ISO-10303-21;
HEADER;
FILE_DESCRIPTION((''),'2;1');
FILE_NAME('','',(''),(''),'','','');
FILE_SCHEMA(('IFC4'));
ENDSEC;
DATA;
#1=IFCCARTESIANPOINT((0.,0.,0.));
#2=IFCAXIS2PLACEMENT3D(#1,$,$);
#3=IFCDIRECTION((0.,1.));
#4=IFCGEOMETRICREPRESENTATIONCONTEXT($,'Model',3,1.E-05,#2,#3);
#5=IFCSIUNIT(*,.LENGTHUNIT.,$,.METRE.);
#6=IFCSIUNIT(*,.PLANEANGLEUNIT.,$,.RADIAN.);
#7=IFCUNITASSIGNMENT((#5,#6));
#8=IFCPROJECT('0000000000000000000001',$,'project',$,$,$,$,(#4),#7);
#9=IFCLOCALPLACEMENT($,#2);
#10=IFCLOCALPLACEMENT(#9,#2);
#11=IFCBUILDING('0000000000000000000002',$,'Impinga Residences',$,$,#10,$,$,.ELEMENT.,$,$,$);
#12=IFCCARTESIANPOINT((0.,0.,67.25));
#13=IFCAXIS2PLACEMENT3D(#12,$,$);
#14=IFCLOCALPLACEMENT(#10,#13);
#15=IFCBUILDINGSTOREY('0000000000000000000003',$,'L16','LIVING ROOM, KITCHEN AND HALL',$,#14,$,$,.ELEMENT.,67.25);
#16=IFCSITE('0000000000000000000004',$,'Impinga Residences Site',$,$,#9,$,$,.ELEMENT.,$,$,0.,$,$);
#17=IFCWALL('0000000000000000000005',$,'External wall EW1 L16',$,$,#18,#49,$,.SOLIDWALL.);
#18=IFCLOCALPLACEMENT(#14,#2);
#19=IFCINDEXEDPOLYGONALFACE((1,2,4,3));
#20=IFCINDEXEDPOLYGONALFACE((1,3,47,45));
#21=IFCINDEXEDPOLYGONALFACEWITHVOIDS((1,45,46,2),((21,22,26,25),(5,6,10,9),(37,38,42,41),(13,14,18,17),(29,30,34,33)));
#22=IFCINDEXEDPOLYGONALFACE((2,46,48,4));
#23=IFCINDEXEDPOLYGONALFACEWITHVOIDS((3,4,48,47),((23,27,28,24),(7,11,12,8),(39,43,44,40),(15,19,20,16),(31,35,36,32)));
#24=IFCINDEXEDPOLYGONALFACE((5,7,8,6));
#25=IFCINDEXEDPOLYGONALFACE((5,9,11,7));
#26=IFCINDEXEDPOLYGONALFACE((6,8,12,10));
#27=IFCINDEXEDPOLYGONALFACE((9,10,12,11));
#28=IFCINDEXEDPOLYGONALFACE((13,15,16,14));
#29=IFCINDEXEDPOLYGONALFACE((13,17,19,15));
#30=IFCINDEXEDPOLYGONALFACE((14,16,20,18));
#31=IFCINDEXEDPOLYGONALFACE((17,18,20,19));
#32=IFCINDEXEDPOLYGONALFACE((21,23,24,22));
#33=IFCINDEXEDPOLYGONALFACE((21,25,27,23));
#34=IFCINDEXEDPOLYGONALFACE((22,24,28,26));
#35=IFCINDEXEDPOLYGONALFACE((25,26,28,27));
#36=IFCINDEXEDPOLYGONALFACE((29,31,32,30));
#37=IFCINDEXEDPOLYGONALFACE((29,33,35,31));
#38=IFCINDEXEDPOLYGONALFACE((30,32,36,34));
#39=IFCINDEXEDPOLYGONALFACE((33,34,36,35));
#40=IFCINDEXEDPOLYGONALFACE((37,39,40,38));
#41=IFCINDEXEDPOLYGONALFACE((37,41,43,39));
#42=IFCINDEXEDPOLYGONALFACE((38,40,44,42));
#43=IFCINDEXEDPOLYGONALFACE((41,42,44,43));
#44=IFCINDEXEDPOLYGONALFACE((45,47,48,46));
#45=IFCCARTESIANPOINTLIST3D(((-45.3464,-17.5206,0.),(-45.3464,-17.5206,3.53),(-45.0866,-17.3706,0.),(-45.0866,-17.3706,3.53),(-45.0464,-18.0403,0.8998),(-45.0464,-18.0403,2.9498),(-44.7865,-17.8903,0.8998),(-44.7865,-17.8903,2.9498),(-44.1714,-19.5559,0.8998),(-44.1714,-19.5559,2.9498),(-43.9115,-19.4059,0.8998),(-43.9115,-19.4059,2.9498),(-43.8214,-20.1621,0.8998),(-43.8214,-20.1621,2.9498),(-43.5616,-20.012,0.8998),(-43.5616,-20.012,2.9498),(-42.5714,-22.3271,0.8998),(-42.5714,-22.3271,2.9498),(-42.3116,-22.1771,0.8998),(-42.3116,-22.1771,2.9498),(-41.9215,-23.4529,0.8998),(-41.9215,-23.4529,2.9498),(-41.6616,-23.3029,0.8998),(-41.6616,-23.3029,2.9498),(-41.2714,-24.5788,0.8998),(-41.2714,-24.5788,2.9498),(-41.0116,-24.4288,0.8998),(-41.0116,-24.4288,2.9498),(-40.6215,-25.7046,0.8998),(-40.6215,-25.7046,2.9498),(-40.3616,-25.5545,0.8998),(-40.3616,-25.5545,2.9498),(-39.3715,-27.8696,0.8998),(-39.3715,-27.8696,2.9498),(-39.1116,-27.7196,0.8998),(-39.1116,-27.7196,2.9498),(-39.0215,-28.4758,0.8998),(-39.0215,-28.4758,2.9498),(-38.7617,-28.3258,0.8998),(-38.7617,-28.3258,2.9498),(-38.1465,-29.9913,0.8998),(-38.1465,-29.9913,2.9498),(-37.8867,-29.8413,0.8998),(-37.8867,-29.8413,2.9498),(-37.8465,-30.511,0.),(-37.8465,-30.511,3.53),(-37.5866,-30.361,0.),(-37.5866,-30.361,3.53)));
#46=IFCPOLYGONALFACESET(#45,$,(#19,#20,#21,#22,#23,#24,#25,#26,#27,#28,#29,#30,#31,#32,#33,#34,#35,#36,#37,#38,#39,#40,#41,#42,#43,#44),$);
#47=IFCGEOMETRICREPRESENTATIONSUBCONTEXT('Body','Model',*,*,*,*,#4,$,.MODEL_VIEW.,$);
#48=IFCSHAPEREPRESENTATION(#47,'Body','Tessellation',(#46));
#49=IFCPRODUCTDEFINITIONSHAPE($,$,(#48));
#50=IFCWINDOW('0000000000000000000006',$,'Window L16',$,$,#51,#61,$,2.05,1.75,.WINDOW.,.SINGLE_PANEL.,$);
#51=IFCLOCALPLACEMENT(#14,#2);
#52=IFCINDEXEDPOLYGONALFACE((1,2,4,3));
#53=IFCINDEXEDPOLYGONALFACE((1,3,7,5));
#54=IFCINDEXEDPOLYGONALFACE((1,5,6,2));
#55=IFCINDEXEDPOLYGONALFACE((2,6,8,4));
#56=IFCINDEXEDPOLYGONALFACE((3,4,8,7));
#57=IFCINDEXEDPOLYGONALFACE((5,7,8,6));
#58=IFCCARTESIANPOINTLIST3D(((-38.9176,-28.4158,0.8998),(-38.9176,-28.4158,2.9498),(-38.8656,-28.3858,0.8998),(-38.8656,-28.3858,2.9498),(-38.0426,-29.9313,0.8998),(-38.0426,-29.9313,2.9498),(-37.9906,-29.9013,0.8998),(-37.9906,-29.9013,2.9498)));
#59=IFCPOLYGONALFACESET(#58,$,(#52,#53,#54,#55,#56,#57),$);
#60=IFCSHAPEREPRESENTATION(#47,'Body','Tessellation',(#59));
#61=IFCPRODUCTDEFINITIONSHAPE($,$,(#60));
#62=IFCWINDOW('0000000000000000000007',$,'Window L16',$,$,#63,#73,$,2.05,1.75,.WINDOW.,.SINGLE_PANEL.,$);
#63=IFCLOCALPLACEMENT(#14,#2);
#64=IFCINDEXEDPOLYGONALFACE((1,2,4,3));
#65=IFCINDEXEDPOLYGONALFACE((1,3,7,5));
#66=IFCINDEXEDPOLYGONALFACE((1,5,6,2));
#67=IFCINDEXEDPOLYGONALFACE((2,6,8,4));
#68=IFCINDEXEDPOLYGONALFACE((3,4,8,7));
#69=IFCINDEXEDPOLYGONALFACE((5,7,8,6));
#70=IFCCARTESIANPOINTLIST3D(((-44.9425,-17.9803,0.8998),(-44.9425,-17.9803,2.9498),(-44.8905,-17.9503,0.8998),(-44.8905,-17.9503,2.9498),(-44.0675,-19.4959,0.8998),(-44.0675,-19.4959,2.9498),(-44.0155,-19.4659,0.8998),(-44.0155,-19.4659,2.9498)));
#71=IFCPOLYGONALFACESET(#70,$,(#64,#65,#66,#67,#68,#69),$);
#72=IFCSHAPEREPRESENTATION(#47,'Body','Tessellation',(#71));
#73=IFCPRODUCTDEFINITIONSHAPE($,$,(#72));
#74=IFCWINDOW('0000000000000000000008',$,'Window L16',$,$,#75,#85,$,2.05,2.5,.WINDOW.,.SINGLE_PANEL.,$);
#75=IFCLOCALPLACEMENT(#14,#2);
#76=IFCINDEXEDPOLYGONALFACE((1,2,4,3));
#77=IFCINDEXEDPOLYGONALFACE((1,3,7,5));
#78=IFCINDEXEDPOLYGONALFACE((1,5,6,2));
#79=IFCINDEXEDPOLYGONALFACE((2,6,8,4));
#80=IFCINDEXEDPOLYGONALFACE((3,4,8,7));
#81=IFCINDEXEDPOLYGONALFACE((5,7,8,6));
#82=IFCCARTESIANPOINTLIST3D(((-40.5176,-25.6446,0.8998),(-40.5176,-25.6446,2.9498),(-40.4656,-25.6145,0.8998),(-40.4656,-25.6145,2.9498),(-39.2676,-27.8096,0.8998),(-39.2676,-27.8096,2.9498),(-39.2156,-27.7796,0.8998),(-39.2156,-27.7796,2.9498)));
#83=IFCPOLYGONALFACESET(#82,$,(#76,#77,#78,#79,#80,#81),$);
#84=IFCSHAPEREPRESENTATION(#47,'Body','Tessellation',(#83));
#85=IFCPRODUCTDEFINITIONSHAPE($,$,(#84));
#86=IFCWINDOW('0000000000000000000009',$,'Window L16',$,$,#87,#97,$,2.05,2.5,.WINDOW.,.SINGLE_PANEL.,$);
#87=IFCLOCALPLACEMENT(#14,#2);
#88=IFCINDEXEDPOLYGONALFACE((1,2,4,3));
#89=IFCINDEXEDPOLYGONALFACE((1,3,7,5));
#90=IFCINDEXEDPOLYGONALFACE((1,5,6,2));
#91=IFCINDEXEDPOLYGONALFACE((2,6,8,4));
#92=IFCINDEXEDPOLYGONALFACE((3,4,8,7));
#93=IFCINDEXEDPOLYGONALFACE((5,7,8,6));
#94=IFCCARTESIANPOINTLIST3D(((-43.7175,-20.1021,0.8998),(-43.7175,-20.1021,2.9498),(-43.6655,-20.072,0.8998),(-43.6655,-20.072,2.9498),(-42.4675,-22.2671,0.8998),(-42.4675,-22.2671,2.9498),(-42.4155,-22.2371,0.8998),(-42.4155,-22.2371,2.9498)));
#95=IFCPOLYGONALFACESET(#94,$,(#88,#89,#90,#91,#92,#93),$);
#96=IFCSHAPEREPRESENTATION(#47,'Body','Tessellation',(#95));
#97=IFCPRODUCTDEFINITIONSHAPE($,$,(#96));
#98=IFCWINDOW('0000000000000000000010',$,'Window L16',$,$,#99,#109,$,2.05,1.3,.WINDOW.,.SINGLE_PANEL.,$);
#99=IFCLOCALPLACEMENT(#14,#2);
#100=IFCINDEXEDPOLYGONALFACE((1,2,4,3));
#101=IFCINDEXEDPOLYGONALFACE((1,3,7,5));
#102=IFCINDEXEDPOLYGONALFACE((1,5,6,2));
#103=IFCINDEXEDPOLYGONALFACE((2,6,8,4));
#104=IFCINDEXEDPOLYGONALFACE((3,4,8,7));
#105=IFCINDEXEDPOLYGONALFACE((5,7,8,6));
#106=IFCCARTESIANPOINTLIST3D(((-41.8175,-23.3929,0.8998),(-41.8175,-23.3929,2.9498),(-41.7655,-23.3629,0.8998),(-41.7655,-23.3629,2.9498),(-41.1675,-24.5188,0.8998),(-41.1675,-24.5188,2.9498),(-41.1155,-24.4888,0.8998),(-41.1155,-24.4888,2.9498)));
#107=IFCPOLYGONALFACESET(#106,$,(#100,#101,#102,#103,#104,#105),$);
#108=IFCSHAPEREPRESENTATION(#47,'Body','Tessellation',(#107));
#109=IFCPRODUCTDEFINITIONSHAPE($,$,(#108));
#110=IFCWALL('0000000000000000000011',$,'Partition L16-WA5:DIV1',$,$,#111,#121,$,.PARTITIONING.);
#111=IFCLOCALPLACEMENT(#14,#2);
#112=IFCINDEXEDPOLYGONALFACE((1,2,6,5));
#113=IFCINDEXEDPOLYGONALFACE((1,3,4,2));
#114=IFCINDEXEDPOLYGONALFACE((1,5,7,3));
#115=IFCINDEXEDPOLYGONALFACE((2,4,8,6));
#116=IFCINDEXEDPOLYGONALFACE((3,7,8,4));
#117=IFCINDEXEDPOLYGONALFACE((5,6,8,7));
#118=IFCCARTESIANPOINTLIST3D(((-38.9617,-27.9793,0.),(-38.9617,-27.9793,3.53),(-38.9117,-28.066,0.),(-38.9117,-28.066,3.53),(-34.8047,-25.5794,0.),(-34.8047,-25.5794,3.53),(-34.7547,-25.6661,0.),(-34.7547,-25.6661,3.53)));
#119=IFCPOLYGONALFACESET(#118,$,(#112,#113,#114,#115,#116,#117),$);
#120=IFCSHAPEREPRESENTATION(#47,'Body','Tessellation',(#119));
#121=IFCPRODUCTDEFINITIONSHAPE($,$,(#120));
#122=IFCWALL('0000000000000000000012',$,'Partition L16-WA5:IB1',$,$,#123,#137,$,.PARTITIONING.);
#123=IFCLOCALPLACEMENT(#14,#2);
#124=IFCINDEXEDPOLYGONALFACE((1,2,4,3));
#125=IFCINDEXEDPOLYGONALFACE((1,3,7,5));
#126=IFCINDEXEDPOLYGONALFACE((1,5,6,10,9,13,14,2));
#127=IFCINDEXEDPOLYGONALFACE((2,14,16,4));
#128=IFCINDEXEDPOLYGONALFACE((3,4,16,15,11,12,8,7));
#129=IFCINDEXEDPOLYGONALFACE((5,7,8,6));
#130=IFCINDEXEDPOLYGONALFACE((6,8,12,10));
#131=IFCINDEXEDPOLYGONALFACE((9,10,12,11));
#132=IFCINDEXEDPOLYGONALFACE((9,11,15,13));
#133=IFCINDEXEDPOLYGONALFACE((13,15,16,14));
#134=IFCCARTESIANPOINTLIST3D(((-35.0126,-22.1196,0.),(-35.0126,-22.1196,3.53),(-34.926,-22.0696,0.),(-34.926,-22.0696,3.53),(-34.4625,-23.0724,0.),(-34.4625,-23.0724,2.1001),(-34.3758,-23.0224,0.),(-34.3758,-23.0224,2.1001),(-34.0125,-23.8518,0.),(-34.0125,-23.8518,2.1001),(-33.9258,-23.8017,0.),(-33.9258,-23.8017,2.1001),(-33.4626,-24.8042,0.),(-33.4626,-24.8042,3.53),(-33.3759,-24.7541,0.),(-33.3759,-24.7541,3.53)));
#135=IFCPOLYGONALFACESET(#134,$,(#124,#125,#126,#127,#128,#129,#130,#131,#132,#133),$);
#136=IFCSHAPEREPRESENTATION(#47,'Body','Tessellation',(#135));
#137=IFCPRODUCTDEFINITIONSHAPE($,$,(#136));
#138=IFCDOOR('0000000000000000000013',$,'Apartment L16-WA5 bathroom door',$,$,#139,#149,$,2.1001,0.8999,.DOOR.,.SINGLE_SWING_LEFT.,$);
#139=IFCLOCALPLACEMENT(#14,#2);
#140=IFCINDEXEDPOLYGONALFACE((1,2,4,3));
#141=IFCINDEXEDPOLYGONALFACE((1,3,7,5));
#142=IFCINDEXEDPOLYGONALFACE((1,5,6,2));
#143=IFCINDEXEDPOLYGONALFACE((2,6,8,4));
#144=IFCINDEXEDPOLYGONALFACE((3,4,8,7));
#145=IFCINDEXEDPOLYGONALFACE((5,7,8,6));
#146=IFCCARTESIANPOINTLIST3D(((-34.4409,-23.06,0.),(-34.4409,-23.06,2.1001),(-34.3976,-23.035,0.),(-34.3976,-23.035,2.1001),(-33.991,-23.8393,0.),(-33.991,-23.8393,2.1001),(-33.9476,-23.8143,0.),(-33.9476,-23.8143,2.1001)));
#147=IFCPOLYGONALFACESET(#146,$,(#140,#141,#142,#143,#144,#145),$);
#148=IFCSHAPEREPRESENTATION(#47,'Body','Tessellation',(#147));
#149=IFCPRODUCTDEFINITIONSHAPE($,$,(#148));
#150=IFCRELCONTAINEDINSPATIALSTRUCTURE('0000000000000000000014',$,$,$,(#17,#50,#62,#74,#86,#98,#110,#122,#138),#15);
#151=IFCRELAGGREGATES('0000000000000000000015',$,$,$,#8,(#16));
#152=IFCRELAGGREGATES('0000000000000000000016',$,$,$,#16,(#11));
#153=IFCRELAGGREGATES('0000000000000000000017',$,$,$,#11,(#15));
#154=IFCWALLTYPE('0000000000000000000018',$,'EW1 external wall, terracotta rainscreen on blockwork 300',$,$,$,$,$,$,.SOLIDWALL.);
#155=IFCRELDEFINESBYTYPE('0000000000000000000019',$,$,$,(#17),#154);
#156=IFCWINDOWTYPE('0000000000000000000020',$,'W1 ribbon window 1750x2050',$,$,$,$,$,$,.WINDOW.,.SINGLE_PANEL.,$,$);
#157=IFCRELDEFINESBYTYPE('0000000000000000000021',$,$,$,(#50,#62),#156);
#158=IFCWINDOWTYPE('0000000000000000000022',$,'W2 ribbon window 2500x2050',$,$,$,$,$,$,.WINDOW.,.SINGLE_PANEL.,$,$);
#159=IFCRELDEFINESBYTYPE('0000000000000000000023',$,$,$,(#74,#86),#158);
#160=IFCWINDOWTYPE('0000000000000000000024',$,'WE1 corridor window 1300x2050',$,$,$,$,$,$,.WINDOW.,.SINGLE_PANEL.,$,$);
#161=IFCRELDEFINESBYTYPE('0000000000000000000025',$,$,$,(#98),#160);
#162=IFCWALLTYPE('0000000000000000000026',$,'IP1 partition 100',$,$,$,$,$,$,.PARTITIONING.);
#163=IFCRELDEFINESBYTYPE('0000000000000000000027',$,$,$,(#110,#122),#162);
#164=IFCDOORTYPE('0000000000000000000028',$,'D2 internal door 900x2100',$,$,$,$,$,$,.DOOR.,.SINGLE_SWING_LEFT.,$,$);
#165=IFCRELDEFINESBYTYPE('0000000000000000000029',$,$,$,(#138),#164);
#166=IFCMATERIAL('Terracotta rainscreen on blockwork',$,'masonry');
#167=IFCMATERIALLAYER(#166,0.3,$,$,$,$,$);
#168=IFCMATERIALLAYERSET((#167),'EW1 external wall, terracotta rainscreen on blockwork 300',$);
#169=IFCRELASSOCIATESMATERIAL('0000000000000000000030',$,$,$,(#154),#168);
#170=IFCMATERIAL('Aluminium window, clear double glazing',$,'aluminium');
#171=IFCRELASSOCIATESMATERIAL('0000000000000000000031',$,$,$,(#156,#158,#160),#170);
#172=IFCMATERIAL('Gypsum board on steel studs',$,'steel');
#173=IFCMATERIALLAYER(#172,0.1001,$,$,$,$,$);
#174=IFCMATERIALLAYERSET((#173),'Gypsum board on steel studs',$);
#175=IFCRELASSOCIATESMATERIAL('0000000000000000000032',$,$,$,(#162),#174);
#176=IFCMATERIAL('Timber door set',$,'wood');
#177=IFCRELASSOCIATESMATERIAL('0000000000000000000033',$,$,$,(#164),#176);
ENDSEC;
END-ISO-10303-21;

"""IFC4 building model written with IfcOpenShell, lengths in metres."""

from ifc_helpers import new_model, si_unit, direction, frame, frame_2d, origin, place, context, subcontext, project, spatial, rectangle, extrude, material, layer, layer_set, type_object, element, fill, save


model = new_model("IFC4")

# Units and contexts
model_context = context("Model", 3, precision=1e-05, world=origin(), true_north=direction((0.0, 1.0)))
body_context = subcontext(model_context, "Body", "Model", "MODEL_VIEW")
ifc_project = project(units=[si_unit("LENGTHUNIT", "METRE"), si_unit("PLANEANGLEUNIT", "RADIAN")], contexts=[model_context])

# Site, building, storey
site_placement = place(None, origin())
site = spatial("IfcSite", under=ifc_project, at=site_placement, Name="Impinga Residences Site", CompositionType="ELEMENT", RefElevation=0.0)
building_placement = place(site_placement, origin())
building = spatial("IfcBuilding", under=site, at=building_placement, Name="Impinga Residences", CompositionType="ELEMENT")
storey_placement = place(building_placement, frame((0.0, 0.0, 67.25)))
storey = spatial("IfcBuildingStorey", under=building, at=storey_placement, Name="L16", Description="LIVING ROOM, KITCHEN AND HALL", CompositionType="ELEMENT", Elevation=67.25)

# Shared definitions
ifc_material_1 = material(Name="Terracotta rainscreen on blockwork", Category="masonry")
ifc_layer_1 = layer(ifc_material_1, 0.3)
ifc_layer_set_1 = layer_set([ifc_layer_1], Name="EW1 external wall, terracotta rainscreen on blockwork 300")
wall_type_1 = type_object("IfcWallType", Name="EW1 external wall, terracotta rainscreen on blockwork 300", PredefinedType="SOLIDWALL", material=ifc_layer_set_1)

# Wall, openings, windows
wall_1_placement = place(storey_placement, frame((-37.7166, -30.436, 0.0), z_axis=(0.0, 0.0, 1.0), x_axis=(-0.499997, 0.866027, 0.0)))
wall_1 = element("IfcWall", 1, at=wall_1_placement, inside=storey, type_object=wall_type_1, Name="External wall EW1 L16", PredefinedType="SOLIDWALL", context=body_context, shape_type="SweptSolid", body=[
    extrude(rectangle(XDim=15.0, YDim=0.3, at=frame_2d((7.5, 0.0))), origin(), (0.0, 0.0, 1.0), 3.53),
])
opening_1_placement = place(wall_1_placement, frame((0.6001, 0.0, 0.8999)))
opening_1 = element("IfcOpeningElement", 2, at=opening_1_placement, cuts=wall_1, PredefinedType="OPENING", context=body_context, shape_type="SweptSolid", body=[
    extrude(rectangle(XDim=1.75, YDim=2.05, at=frame_2d((0.875, 1.0249))), frame((0.0, 0.1599, 0.0), z_axis=(0.0, -1.0, 0.0), x_axis=(1.0, 0.0, 0.0)), (0.0, 0.0, 1.0), 0.3201),
])
opening_2_placement = place(wall_1_placement, frame((3.05, 0.0, 0.8999)))
opening_2 = element("IfcOpeningElement", 3, at=opening_2_placement, cuts=wall_1, PredefinedType="OPENING", context=body_context, shape_type="SweptSolid", body=[
    extrude(rectangle(XDim=2.5, YDim=2.05, at=frame_2d((1.25, 1.0249))), frame((0.0, 0.1599, 0.0), z_axis=(0.0, -1.0, 0.0), x_axis=(1.0, 0.0, 0.0)), (0.0, 0.0, 1.0), 0.3201),
])
opening_3_placement = place(wall_1_placement, frame((6.8501, 0.0, 0.8999)))
opening_3 = element("IfcOpeningElement", 4, at=opening_3_placement, cuts=wall_1, PredefinedType="OPENING", context=body_context, shape_type="SweptSolid", body=[
    extrude(rectangle(XDim=1.3, YDim=2.05, at=frame_2d((0.6499, 1.0249))), frame((0.0, 0.1599, 0.0), z_axis=(0.0, -1.0, 0.0), x_axis=(1.0, 0.0, 0.0)), (0.0, 0.0, 1.0), 0.3201),
])
opening_4_placement = place(wall_1_placement, frame((9.45, 0.0, 0.8999)))
opening_4 = element("IfcOpeningElement", 5, at=opening_4_placement, cuts=wall_1, PredefinedType="OPENING", context=body_context, shape_type="SweptSolid", body=[
    extrude(rectangle(XDim=2.5, YDim=2.05, at=frame_2d((1.25, 1.0249))), frame((0.0, 0.1599, 0.0), z_axis=(0.0, -1.0, 0.0), x_axis=(1.0, 0.0, 0.0)), (0.0, 0.0, 1.0), 0.3201),
])
opening_5_placement = place(wall_1_placement, frame((12.6499, 0.0, 0.8999)))
opening_5 = element("IfcOpeningElement", 6, at=opening_5_placement, cuts=wall_1, PredefinedType="OPENING", context=body_context, shape_type="SweptSolid", body=[
    extrude(rectangle(XDim=1.75, YDim=2.05, at=frame_2d((0.875, 1.0249))), frame((0.0, 0.1599, 0.0), z_axis=(0.0, -1.0, 0.0), x_axis=(1.0, 0.0, 0.0)), (0.0, 0.0, 1.0), 0.3201),
])
ifc_material_2 = material(Name="Aluminium window, clear double glazing", Category="aluminium")
window_type_1 = type_object("IfcWindowType", Name="W1 ribbon window 1750x2050", PartitioningType="SINGLE_PANEL", PredefinedType="WINDOW", material=ifc_material_2)
window_1_placement = place(opening_1_placement, origin())
window_1 = element("IfcWindow", 7, at=window_1_placement, inside=storey, type_object=window_type_1, Name="Window L16", OverallHeight=2.05, OverallWidth=1.75, PartitioningType="SINGLE_PANEL", PredefinedType="WINDOW", context=body_context, shape_type="SweptSolid", body=[
    extrude(rectangle(XDim=1.75, YDim=2.05, at=frame_2d((0.875, 1.0249))), frame((0.0, 0.03, 0.0), z_axis=(0.0, -1.0, 0.0), x_axis=(1.0, 0.0, 0.0)), (0.0, 0.0, 1.0), 0.0601),
])
fill(opening_1, window_1)
window_2_placement = place(opening_5_placement, origin())
window_2 = element("IfcWindow", 8, at=window_2_placement, inside=storey, type_object=window_type_1, Name="Window L16", OverallHeight=2.05, OverallWidth=1.75, PartitioningType="SINGLE_PANEL", PredefinedType="WINDOW", context=body_context, shape_type="SweptSolid", body=[
    extrude(rectangle(XDim=1.75, YDim=2.05, at=frame_2d((0.875, 1.0249))), frame((0.0, 0.03, 0.0), z_axis=(0.0, -1.0, 0.0), x_axis=(1.0, 0.0, 0.0)), (0.0, 0.0, 1.0), 0.0601),
])
fill(opening_5, window_2)
window_type_2 = type_object("IfcWindowType", Name="W2 ribbon window 2500x2050", PartitioningType="SINGLE_PANEL", PredefinedType="WINDOW", material=ifc_material_2)
window_3_placement = place(opening_2_placement, origin())
window_3 = element("IfcWindow", 9, at=window_3_placement, inside=storey, type_object=window_type_2, Name="Window L16", OverallHeight=2.05, OverallWidth=2.5, PartitioningType="SINGLE_PANEL", PredefinedType="WINDOW", context=body_context, shape_type="SweptSolid", body=[
    extrude(rectangle(XDim=2.5, YDim=2.05, at=frame_2d((1.25, 1.0249))), frame((0.0, 0.03, 0.0), z_axis=(0.0, -1.0, 0.0), x_axis=(1.0, 0.0, 0.0)), (0.0, 0.0, 1.0), 0.0601),
])
fill(opening_2, window_3)
window_4_placement = place(opening_4_placement, origin())
window_4 = element("IfcWindow", 10, at=window_4_placement, inside=storey, type_object=window_type_2, Name="Window L16", OverallHeight=2.05, OverallWidth=2.5, PartitioningType="SINGLE_PANEL", PredefinedType="WINDOW", context=body_context, shape_type="SweptSolid", body=[
    extrude(rectangle(XDim=2.5, YDim=2.05, at=frame_2d((1.25, 1.0249))), frame((0.0, 0.03, 0.0), z_axis=(0.0, -1.0, 0.0), x_axis=(1.0, 0.0, 0.0)), (0.0, 0.0, 1.0), 0.0601),
])
fill(opening_4, window_4)
window_type_3 = type_object("IfcWindowType", Name="WE1 corridor window 1300x2050", PartitioningType="SINGLE_PANEL", PredefinedType="WINDOW", material=ifc_material_2)
window_5_placement = place(opening_3_placement, origin())
window_5 = element("IfcWindow", 11, at=window_5_placement, inside=storey, type_object=window_type_3, Name="Window L16", OverallHeight=2.05, OverallWidth=1.3, PartitioningType="SINGLE_PANEL", PredefinedType="WINDOW", context=body_context, shape_type="SweptSolid", body=[
    extrude(rectangle(XDim=1.3, YDim=2.05, at=frame_2d((0.6499, 1.0249))), frame((0.0, 0.03, 0.0), z_axis=(0.0, -1.0, 0.0), x_axis=(1.0, 0.0, 0.0)), (0.0, 0.0, 1.0), 0.0601),
])
fill(opening_3, window_5)

# Wall
ifc_material_3 = material(Name="Gypsum board on steel studs", Category="steel")
ifc_layer_2 = layer(ifc_material_3, 0.1001)
ifc_layer_set_2 = layer_set([ifc_layer_2], Name="Gypsum board on steel studs")
wall_type_2 = type_object("IfcWallType", Name="IP1 partition 100", PredefinedType="PARTITIONING", material=ifc_layer_set_2)
wall_2_placement = place(storey_placement, frame((-34.7798, -25.6228, 0.0), z_axis=(0.0, 0.0, 1.0), x_axis=(-0.866037, -0.499979, 0.0)))
element("IfcWall", 12, at=wall_2_placement, inside=storey, type_object=wall_type_2, Name="Partition L16-WA5:DIV1", PredefinedType="PARTITIONING", context=body_context, shape_type="SweptSolid", body=[
    extrude(rectangle(XDim=4.8, YDim=0.1001, at=frame_2d((2.3999, 0.0))), origin(), (0.0, 0.0, 1.0), 3.53),
])

# Wall, opening, door
wall_3_placement = place(storey_placement, frame((-34.9692, -22.0947, 0.0), z_axis=(0.0, 0.0, 1.0), x_axis=(0.500027, -0.86601, 0.0)))
wall_3 = element("IfcWall", 13, at=wall_3_placement, inside=storey, type_object=wall_type_2, Name="Partition L16-WA5:IB1", PredefinedType="PARTITIONING", context=body_context, shape_type="SweptSolid", body=[
    extrude(rectangle(XDim=3.0999, YDim=0.1001, at=frame_2d((1.5498, 0.0))), origin(), (0.0, 0.0, 1.0), 3.53),
])
opening_6_placement = place(wall_3_placement, frame((1.1001, 0.0, 0.0)))
opening_6 = element("IfcOpeningElement", 14, at=opening_6_placement, cuts=wall_3, PredefinedType="OPENING", context=body_context, shape_type="SweptSolid", body=[
    extrude(rectangle(XDim=0.8999, YDim=2.1001, at=frame_2d((0.45, 1.05))), frame((0.0, 0.0601, 0.0), z_axis=(0.0, -1.0, 0.0), x_axis=(1.0, 0.0, 0.0)), (0.0, 0.0, 1.0), 0.1201),
])
ifc_material_4 = material(Name="Timber door set", Category="wood")
door_type = type_object("IfcDoorType", Name="D2 internal door 900x2100", OperationType="SINGLE_SWING_LEFT", PredefinedType="DOOR", material=ifc_material_4)
door_1_placement = place(opening_6_placement, origin())
door_1 = element("IfcDoor", 15, at=door_1_placement, inside=storey, type_object=door_type, Name="Apartment L16-WA5 bathroom door", OperationType="SINGLE_SWING_LEFT", OverallHeight=2.1001, OverallWidth=0.8999, PredefinedType="DOOR", context=body_context, shape_type="SweptSolid", body=[
    extrude(rectangle(XDim=0.8999, YDim=2.1001, at=frame_2d((0.45, 1.05))), frame((0.0, 0.0249, 0.0), z_axis=(0.0, -1.0, 0.0), x_axis=(1.0, 0.0, 0.0)), (0.0, 0.0, 1.0), 0.05),
])
fill(opening_6, door_1)

save(model, "model.ifc")
